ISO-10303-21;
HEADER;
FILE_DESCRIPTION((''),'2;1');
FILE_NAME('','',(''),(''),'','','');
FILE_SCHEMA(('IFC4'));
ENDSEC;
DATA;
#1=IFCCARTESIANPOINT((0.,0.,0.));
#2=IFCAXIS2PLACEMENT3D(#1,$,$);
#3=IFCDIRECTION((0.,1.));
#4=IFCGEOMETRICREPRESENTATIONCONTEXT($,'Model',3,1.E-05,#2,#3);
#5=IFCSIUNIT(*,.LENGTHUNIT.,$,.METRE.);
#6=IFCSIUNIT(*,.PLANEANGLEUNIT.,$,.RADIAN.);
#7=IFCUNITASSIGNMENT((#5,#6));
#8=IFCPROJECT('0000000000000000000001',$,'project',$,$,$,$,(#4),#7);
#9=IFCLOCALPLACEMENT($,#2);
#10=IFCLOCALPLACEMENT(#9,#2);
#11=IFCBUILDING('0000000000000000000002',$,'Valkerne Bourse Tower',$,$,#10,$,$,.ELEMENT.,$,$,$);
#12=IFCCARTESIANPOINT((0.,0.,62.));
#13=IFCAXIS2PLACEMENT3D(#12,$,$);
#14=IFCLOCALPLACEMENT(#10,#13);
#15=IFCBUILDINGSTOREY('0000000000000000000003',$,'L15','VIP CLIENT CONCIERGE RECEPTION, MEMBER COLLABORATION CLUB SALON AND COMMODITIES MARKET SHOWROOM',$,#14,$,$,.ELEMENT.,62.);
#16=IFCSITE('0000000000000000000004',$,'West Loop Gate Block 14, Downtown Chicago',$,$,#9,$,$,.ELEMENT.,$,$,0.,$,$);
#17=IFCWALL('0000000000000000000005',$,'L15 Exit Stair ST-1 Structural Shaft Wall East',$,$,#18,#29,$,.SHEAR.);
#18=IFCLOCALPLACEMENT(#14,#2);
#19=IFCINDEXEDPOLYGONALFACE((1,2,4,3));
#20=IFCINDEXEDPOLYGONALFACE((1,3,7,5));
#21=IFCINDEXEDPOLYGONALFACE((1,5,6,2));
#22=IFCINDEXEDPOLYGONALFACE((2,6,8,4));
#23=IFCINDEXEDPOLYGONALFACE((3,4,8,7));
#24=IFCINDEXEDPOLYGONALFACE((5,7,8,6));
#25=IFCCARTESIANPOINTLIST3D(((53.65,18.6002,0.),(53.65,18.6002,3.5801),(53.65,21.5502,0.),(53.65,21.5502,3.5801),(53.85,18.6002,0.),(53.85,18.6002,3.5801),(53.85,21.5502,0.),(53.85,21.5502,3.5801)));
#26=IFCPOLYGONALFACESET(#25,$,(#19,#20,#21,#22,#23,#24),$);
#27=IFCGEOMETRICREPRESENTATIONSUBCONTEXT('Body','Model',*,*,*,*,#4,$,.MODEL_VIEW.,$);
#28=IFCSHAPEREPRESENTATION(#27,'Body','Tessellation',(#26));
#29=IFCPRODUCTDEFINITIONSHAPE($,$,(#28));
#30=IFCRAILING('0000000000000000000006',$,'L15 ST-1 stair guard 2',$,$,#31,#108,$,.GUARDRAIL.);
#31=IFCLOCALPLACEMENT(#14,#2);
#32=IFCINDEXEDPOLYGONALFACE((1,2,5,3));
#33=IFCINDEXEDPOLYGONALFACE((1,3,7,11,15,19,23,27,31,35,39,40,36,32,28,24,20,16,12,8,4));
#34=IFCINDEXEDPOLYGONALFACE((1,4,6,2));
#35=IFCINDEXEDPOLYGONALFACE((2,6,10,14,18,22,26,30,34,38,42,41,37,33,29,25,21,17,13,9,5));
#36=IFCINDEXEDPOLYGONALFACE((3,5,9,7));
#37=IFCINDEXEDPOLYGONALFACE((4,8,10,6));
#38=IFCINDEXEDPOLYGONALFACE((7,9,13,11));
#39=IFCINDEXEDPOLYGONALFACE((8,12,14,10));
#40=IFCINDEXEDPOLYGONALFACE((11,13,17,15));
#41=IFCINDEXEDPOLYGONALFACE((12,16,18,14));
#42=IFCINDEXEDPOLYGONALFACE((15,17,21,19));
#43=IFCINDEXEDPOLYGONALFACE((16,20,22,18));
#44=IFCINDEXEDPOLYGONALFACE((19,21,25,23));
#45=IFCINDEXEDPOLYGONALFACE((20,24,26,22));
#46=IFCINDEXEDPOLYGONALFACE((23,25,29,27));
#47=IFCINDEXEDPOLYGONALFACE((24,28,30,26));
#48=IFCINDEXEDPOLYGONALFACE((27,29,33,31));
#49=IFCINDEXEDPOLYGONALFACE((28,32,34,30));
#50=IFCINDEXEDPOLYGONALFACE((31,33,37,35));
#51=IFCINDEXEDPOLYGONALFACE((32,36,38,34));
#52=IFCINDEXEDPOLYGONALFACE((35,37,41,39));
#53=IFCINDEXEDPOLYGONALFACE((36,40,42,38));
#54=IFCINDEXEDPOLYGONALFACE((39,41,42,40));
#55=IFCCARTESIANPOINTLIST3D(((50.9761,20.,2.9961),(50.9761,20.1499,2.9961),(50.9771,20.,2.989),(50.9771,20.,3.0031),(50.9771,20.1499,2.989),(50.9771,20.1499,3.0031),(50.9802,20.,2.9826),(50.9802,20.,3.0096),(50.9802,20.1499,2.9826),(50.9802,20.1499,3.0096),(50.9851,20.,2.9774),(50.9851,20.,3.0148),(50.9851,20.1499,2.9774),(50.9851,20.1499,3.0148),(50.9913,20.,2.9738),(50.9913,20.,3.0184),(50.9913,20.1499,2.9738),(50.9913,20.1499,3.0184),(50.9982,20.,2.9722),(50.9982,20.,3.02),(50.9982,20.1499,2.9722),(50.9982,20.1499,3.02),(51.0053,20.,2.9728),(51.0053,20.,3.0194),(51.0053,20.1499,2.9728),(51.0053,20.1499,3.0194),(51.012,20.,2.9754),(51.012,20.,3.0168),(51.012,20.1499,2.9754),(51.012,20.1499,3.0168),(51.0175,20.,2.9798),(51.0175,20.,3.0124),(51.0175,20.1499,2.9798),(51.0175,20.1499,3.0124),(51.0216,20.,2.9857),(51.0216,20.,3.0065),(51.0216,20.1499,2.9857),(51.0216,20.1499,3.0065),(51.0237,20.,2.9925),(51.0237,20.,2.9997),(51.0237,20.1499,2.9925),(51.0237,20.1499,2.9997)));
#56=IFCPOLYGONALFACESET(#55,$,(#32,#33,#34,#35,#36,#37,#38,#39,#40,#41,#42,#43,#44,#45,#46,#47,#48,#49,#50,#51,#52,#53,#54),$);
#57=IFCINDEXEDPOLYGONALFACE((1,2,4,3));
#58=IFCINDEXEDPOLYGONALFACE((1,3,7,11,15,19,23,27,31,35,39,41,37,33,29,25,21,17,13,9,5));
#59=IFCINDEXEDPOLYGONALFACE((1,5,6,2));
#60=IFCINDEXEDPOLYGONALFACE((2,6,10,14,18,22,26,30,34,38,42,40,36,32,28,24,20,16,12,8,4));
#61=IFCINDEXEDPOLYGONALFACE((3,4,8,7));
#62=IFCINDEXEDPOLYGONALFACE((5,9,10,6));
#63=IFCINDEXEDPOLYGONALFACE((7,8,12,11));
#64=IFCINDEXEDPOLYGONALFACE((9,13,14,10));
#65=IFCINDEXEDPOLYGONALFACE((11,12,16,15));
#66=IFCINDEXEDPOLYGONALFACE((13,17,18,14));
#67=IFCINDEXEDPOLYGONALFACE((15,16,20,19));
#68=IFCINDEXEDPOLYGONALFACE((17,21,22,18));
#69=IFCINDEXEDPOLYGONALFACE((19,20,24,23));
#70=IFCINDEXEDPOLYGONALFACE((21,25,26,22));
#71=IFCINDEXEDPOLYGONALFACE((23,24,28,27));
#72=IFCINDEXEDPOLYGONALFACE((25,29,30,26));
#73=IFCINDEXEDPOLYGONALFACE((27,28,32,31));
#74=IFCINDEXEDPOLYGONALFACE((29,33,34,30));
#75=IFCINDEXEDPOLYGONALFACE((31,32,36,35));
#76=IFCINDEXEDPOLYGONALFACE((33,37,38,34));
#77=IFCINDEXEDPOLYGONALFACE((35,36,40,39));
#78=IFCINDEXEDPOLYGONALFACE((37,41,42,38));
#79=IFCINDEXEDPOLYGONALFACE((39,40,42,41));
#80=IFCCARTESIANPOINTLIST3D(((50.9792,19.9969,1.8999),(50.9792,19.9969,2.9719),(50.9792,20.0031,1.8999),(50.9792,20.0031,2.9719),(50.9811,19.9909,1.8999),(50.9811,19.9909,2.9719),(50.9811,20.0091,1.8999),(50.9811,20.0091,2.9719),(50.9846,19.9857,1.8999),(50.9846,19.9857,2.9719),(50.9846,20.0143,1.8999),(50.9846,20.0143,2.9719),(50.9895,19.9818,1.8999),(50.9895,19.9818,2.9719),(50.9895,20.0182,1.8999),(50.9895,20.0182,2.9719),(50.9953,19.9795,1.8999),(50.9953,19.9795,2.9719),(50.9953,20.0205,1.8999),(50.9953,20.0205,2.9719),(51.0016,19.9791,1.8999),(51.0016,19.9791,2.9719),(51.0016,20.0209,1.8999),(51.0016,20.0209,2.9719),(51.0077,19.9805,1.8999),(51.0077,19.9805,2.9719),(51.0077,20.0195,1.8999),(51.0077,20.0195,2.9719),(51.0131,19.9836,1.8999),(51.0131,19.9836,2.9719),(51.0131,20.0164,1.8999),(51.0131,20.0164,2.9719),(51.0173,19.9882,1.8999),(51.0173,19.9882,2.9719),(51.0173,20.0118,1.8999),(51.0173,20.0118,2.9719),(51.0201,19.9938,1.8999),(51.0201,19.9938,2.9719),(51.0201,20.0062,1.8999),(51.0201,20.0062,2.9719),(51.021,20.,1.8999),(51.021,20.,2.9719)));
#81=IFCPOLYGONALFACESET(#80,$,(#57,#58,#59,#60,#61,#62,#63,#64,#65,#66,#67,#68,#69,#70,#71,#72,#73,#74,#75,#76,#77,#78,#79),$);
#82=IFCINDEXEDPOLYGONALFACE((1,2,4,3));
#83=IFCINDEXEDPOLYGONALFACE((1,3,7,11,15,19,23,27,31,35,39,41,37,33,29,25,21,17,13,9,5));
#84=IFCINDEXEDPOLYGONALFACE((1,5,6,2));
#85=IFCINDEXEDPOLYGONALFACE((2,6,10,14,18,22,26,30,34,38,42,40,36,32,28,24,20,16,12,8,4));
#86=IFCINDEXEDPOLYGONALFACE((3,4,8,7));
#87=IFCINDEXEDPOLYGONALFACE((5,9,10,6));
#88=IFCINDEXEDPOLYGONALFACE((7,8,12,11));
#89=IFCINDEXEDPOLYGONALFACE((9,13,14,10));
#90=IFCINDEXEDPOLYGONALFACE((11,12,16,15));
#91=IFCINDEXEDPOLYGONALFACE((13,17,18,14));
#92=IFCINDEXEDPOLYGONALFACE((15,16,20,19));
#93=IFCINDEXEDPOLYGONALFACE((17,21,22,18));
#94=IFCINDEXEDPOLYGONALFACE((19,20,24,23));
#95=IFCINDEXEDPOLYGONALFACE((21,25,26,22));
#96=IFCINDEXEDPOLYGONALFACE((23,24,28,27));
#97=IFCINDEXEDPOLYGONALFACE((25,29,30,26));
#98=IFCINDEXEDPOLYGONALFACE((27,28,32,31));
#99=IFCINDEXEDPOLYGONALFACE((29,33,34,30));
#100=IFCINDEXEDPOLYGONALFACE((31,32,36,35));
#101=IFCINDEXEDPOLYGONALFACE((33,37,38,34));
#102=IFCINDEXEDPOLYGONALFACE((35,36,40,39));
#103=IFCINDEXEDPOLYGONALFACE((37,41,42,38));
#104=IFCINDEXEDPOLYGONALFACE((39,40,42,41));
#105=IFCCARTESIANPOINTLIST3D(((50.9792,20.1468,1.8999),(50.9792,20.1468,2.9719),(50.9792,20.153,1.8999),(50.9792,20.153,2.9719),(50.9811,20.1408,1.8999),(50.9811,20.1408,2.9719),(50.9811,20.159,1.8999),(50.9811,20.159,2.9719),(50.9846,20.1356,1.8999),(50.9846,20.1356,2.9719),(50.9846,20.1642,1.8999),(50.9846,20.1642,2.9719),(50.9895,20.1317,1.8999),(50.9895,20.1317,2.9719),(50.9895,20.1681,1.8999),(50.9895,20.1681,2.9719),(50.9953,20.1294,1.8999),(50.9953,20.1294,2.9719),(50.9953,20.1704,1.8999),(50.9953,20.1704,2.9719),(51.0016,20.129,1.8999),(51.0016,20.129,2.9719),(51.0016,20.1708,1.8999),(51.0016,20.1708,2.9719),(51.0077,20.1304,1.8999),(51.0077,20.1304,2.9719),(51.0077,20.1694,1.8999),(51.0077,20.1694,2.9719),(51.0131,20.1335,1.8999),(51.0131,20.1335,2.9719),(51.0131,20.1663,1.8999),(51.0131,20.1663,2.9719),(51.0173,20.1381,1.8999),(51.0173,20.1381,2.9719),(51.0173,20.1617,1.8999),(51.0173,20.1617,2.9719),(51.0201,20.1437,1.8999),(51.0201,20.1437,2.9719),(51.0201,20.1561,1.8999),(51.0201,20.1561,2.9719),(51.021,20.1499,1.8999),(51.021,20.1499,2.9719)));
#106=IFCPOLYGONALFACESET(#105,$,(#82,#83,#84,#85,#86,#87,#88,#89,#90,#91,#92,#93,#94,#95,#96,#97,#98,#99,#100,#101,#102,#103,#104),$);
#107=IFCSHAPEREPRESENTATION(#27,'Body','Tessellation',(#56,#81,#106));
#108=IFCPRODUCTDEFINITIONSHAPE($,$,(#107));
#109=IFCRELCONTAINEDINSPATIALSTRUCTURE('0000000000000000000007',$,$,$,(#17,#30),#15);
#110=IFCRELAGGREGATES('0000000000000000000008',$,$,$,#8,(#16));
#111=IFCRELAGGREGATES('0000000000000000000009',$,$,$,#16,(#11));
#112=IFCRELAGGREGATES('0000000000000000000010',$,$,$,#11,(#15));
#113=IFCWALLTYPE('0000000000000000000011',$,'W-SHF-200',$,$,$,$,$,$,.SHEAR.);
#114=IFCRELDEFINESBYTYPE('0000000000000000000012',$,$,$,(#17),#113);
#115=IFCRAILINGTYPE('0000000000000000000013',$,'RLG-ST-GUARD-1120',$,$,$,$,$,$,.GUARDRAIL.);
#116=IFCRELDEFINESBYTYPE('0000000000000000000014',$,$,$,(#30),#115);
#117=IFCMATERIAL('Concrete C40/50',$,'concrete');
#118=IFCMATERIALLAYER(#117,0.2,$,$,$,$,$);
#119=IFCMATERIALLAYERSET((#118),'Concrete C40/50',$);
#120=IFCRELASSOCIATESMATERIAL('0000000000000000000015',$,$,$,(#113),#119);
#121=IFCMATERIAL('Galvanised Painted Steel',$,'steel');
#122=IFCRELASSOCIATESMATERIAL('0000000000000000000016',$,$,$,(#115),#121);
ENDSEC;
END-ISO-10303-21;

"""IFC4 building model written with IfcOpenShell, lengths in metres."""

from ifc_helpers import new_model, si_unit, direction, frame, frame_2d, origin, origin_2d, place, context, subcontext, project, spatial, rectangle, circle, extrude, material, layer, layer_set, type_object, element, save


model = new_model("IFC4")

# Units and contexts
model_context = context("Model", 3, precision=1e-05, world=origin(), true_north=direction((0.0, 1.0)))
body_context = subcontext(model_context, "Body", "Model", "MODEL_VIEW")
ifc_project = project(units=[si_unit("LENGTHUNIT", "METRE"), si_unit("PLANEANGLEUNIT", "RADIAN")], contexts=[model_context])

# Site, building, storey
site_placement = place(None, origin())
site = spatial("IfcSite", under=ifc_project, at=site_placement, Name="West Loop Gate Block 14, Downtown Chicago", CompositionType="ELEMENT", RefElevation=0.0)
building_placement = place(site_placement, origin())
building = spatial("IfcBuilding", under=site, at=building_placement, Name="Valkerne Bourse Tower", CompositionType="ELEMENT")
storey_placement = place(building_placement, frame((0.0, 0.0, 62.0)))
storey = spatial("IfcBuildingStorey", under=building, at=storey_placement, Name="L15", Description="VIP CLIENT CONCIERGE RECEPTION, MEMBER COLLABORATION CLUB SALON AND COMMODITIES MARKET SHOWROOM", CompositionType="ELEMENT", Elevation=62.0)

# Shared definitions
ifc_material_1 = material(Name="Galvanised Painted Steel", Category="steel")

# Wall
ifc_material_2 = material(Name="Concrete C40/50", Category="concrete")
ifc_layer_1 = layer(ifc_material_2, 0.2)
ifc_layer_set_1 = layer_set([ifc_layer_1], Name="Concrete C40/50")
wall_type_1 = type_object("IfcWallType", Name="W-SHF-200", PredefinedType="SHEAR", material=ifc_layer_set_1)
wall_1_placement = place(storey_placement, frame((53.75, 18.6001, 0.0), z_axis=(0.0, 0.0, 1.0), x_axis=(0.0, 1.0, 0.0)))
element("IfcWall", 1, at=wall_1_placement, inside=storey, type_object=wall_type_1, Name="L15 Exit Stair ST-1 Structural Shaft Wall East", PredefinedType="SHEAR", context=body_context, shape_type="SweptSolid", body=[
    extrude(rectangle(XDim=2.95, YDim=0.2, at=frame_2d((1.4751, 0.0))), origin(), (0.0, 0.0, 1.0), 3.5801),
])

# Railing
railing_type = type_object("IfcRailingType", Name="RLG-ST-GUARD-1120", PredefinedType="GUARDRAIL", material=ifc_material_1)
railing_1_placement = place(storey_placement, frame((51.0, 20.0, 1.8999)))
element("IfcRailing", 2, at=railing_1_placement, inside=storey, type_object=railing_type, Name="L15 ST-1 stair guard 2", PredefinedType="GUARDRAIL", context=body_context, shape_type="SweptSolid", body=[
    extrude(circle(Radius=0.0239, at=origin_2d()), frame((0.0, 0.0, 1.0962), z_axis=(0.0, 1.0, 0.0), x_axis=(-1.0, 0.0, 0.0)), (0.0, 0.0, 1.0), 0.1499),
    extrude(circle(Radius=0.021, at=origin_2d()), origin(), (0.0, 0.0, 1.0), 1.072),
    extrude(circle(Radius=0.021, at=origin_2d()), frame((0.0, 0.1499, 0.0)), (0.0, 0.0, 1.0), 1.072),
])

save(model, "model.ifc")
